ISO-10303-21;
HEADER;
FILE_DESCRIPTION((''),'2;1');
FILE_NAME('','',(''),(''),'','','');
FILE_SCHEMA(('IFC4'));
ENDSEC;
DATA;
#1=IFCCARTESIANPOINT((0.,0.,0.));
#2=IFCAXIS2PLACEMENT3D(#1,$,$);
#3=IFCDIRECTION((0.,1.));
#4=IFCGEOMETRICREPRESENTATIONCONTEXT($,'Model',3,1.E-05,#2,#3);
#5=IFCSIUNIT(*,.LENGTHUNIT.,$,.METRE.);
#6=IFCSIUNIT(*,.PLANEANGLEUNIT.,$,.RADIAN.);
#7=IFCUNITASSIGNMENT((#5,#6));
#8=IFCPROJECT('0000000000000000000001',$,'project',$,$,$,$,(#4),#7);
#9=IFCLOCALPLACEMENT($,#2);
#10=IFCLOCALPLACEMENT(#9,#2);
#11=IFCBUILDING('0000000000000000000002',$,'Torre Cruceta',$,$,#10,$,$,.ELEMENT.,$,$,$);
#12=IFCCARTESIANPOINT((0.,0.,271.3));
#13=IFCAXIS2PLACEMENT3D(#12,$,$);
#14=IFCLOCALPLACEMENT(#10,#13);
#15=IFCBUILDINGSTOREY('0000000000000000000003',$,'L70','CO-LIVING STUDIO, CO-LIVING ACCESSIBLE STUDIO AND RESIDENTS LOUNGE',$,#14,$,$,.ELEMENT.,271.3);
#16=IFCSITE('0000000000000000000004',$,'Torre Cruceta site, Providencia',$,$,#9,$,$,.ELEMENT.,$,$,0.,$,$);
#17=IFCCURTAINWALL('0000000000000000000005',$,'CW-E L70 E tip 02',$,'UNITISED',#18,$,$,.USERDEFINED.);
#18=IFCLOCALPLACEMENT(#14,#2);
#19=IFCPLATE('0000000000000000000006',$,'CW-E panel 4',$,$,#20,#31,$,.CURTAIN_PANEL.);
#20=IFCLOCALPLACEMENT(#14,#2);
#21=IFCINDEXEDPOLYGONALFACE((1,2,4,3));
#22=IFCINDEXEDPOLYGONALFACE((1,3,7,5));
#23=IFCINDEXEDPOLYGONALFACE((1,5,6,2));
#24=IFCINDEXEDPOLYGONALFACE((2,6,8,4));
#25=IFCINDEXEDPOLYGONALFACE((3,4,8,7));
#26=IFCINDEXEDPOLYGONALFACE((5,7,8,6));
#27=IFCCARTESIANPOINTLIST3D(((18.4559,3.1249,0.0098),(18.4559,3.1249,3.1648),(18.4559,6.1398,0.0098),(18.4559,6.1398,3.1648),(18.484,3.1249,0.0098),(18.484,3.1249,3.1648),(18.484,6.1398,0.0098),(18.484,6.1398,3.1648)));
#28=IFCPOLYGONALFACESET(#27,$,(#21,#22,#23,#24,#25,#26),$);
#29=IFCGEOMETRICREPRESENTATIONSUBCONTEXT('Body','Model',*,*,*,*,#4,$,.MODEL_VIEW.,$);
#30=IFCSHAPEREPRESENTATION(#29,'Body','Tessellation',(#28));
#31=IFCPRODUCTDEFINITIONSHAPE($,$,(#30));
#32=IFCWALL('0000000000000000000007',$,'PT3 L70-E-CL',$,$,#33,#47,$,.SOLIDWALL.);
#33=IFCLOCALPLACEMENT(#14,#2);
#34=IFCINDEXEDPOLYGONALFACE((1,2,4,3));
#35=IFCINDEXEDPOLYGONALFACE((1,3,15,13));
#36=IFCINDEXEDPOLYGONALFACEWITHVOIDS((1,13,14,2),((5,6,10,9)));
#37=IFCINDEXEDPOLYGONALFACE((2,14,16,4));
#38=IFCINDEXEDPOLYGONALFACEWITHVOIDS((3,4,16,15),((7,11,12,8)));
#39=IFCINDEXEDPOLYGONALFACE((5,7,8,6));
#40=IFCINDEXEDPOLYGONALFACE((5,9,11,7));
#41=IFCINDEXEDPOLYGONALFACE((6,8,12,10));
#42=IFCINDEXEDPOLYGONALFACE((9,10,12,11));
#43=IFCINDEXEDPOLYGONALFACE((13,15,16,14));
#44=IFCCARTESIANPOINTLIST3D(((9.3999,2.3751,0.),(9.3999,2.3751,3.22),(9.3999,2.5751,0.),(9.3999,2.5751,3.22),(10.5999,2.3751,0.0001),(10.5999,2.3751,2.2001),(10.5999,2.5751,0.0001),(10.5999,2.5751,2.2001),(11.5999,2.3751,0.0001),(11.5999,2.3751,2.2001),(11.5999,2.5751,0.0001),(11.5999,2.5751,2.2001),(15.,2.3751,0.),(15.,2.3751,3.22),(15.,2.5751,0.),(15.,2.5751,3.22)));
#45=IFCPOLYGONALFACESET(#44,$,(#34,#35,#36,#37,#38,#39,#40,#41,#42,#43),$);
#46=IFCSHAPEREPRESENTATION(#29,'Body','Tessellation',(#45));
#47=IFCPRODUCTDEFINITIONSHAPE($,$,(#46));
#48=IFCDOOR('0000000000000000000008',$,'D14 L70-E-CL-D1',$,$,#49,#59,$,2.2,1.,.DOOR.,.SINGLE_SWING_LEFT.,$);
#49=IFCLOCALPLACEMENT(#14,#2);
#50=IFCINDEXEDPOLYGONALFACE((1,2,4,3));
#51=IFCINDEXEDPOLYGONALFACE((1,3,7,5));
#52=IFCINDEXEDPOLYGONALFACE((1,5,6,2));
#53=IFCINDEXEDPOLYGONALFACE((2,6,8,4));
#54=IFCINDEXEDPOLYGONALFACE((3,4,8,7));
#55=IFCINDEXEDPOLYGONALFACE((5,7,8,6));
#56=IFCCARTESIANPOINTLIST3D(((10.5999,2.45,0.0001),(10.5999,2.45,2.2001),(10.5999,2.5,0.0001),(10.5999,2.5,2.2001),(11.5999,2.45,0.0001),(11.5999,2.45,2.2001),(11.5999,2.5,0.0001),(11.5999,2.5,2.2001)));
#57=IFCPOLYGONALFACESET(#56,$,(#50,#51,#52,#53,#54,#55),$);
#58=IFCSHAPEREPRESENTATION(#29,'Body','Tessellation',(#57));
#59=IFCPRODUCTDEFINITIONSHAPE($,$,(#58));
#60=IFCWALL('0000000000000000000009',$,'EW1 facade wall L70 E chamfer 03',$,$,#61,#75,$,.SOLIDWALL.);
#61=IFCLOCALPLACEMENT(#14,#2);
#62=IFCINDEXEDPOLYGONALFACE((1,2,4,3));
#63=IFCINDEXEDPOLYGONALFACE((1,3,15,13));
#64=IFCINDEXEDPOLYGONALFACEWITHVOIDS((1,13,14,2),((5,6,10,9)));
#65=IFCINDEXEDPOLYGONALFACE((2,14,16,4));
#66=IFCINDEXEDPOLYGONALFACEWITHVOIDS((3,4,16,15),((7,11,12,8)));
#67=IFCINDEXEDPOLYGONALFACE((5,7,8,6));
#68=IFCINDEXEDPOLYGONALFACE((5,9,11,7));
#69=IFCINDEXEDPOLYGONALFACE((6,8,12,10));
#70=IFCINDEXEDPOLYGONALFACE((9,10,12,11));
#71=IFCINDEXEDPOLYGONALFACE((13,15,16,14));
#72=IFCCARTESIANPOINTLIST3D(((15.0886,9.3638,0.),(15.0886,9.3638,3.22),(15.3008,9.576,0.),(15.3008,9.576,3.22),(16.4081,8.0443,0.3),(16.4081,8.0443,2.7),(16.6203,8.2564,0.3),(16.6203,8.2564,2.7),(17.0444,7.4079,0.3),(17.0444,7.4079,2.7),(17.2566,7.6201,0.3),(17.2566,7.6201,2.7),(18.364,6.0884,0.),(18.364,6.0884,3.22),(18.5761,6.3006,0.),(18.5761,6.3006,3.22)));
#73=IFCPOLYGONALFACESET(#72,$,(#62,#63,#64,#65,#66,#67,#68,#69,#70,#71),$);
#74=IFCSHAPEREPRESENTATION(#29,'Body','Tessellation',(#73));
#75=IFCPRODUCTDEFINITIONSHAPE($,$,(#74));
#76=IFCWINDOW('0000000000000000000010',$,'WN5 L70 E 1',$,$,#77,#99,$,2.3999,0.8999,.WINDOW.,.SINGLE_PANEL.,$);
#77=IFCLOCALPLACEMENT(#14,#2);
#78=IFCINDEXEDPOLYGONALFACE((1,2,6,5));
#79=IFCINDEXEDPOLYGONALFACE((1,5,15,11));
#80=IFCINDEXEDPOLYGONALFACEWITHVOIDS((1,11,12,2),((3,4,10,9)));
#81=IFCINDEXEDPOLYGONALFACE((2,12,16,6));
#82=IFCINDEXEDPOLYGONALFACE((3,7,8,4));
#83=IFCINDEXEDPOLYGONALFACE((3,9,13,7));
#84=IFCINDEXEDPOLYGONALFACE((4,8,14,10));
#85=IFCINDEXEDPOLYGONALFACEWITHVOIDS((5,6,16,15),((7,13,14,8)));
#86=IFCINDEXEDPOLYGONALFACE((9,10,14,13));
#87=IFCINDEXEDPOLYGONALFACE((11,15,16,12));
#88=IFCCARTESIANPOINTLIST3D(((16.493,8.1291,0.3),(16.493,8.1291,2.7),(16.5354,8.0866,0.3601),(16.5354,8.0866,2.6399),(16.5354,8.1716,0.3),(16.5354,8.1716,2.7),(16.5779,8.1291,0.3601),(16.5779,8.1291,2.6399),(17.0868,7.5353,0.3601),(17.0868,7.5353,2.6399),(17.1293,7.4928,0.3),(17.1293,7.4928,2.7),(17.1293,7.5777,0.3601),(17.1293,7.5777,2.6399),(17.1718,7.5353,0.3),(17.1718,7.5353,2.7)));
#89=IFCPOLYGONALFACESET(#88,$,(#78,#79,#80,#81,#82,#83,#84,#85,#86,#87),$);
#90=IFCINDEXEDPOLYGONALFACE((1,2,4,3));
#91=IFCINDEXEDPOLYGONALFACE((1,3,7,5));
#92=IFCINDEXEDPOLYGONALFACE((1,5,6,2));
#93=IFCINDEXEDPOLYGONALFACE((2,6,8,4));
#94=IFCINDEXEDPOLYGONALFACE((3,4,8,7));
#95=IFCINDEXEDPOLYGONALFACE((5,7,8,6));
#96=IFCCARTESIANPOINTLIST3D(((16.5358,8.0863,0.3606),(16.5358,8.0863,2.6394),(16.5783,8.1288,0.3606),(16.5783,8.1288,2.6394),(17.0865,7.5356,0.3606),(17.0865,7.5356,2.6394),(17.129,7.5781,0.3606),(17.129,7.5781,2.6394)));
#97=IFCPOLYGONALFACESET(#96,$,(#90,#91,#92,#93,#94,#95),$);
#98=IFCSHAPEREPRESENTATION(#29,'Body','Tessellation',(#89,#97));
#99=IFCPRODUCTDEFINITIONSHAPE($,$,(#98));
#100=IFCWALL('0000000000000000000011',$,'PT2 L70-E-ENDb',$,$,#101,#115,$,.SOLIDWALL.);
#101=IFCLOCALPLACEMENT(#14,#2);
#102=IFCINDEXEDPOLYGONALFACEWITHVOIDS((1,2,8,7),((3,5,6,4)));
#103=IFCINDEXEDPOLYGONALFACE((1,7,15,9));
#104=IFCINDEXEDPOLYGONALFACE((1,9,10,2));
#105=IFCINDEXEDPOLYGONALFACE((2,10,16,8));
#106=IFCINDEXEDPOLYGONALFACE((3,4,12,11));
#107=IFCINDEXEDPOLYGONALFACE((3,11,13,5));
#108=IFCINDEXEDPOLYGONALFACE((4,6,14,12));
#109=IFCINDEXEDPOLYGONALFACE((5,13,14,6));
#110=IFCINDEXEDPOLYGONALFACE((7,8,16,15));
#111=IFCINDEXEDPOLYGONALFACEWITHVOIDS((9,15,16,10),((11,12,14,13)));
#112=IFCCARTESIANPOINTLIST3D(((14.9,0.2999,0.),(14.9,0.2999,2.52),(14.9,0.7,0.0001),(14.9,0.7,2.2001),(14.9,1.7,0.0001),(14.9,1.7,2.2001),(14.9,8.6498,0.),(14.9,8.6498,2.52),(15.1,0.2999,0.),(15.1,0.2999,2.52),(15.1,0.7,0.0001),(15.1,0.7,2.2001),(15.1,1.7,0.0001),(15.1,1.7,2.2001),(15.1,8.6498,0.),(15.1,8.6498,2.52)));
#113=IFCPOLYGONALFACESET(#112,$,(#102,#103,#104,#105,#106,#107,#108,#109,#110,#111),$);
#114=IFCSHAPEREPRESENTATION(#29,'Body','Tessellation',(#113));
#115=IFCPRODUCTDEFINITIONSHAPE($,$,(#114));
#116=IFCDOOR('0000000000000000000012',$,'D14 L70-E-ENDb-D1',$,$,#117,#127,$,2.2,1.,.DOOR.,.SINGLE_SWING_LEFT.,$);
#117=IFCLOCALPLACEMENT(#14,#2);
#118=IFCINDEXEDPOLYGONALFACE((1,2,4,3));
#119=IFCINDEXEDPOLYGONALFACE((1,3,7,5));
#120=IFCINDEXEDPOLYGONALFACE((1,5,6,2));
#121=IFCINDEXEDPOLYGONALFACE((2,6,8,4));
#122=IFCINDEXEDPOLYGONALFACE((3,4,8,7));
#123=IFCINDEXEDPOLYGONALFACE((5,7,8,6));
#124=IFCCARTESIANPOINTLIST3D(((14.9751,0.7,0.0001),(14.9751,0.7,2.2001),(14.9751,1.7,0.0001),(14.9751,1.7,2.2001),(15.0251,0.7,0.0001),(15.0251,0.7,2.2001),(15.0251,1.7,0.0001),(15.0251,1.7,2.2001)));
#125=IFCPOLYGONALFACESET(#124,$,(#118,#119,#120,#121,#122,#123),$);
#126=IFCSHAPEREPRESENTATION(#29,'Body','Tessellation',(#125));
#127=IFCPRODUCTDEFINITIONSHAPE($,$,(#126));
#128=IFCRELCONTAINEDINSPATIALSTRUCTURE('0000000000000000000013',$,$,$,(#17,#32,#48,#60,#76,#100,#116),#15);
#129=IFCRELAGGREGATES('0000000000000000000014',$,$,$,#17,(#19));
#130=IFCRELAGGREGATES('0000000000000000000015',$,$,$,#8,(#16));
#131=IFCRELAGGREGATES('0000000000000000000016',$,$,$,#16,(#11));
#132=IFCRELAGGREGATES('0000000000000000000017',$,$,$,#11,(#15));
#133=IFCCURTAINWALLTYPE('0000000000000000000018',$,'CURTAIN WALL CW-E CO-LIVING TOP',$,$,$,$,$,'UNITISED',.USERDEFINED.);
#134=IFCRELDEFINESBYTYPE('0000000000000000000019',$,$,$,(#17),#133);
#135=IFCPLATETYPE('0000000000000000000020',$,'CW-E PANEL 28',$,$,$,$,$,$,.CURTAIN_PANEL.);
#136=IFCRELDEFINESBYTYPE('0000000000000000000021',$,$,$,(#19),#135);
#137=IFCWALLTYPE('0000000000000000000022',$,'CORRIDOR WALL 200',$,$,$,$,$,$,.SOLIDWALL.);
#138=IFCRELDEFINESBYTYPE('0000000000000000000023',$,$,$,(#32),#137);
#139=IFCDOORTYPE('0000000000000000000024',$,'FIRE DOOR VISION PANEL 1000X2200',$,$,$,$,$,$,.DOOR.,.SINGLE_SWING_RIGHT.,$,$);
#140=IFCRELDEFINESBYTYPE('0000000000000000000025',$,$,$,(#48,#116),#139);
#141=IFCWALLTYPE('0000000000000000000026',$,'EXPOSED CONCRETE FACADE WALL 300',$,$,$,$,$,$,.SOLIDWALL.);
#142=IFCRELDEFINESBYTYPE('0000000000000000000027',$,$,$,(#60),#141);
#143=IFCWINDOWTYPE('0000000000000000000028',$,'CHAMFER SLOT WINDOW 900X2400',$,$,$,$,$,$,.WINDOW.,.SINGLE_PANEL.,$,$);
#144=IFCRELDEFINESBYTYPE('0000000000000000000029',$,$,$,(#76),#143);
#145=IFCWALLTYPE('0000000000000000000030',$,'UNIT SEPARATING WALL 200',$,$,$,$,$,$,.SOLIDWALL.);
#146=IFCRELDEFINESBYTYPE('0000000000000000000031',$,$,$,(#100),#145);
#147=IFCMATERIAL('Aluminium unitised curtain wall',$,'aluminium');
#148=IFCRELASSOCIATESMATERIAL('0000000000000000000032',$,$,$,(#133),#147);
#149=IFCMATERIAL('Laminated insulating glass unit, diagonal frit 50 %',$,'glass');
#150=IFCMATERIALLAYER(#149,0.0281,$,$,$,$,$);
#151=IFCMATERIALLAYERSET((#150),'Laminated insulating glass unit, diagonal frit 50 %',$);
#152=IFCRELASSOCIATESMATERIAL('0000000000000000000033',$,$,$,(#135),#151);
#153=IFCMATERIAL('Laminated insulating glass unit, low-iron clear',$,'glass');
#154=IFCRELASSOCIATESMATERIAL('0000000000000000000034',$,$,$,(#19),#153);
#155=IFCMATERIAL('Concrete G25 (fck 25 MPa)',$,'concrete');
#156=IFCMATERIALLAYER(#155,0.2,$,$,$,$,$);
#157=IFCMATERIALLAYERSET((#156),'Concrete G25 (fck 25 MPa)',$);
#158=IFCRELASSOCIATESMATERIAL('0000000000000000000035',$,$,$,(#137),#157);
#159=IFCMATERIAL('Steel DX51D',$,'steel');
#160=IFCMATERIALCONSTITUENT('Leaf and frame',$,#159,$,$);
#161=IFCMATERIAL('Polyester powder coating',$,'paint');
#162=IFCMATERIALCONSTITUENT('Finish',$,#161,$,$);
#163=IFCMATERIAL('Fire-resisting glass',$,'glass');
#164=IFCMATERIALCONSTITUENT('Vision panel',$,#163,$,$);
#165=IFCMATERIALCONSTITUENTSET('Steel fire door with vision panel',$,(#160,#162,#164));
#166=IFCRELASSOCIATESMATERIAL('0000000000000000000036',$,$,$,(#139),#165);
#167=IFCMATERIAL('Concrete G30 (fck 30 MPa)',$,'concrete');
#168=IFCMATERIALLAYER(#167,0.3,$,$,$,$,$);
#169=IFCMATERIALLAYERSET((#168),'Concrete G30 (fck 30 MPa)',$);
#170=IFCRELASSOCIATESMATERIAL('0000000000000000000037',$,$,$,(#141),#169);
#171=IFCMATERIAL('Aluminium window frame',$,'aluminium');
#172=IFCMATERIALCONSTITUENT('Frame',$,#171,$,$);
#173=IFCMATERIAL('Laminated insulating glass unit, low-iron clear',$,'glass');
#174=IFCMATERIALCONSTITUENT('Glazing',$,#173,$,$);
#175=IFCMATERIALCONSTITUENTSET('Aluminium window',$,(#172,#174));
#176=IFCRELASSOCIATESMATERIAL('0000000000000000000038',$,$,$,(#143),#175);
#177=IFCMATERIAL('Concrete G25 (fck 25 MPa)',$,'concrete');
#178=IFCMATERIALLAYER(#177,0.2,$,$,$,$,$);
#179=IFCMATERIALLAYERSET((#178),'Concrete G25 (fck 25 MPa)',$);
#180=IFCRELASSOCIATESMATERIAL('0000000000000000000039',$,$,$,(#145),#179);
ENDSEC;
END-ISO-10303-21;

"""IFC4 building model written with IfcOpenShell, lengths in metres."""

from ifc_helpers import new_model, si_unit, direction, frame, frame_2d, origin, origin_2d, place, context, subcontext, project, spatial, rectangle, hollow_rectangle, extrude, material, layer, layer_set, constituent, constituent_set, type_object, element, fill, aggregate, save


model = new_model("IFC4")

# Units and contexts
model_context = context("Model", 3, precision=1e-05, world=origin(), true_north=direction((0.0, 1.0)))
body_context = subcontext(model_context, "Body", "Model", "MODEL_VIEW")
ifc_project = project(units=[si_unit("LENGTHUNIT", "METRE"), si_unit("PLANEANGLEUNIT", "RADIAN")], contexts=[model_context])

# Site, building, storey
site_placement = place(None, origin())
site = spatial("IfcSite", under=ifc_project, at=site_placement, Name="Torre Cruceta site, Providencia", CompositionType="ELEMENT", RefElevation=0.0)
building_placement = place(site_placement, origin())
building = spatial("IfcBuilding", under=site, at=building_placement, Name="Torre Cruceta", CompositionType="ELEMENT")
storey_placement = place(building_placement, frame((0.0, 0.0, 271.3)))
storey = spatial("IfcBuildingStorey", under=building, at=storey_placement, Name="L70", Description="CO-LIVING STUDIO, CO-LIVING ACCESSIBLE STUDIO AND RESIDENTS LOUNGE", CompositionType="ELEMENT", Elevation=271.3)

# Curtain wall
ifc_material_1 = material(Name="Aluminium unitised curtain wall", Category="aluminium")
curtain_wall_type = type_object("IfcCurtainWallType", Name="CURTAIN WALL CW-E CO-LIVING TOP", ElementType="UNITISED", PredefinedType="USERDEFINED", material=ifc_material_1)
curtain_wall_placement = place(storey_placement, origin())
curtain_wall = element("IfcCurtainWall", 1, at=curtain_wall_placement, inside=storey, type_object=curtain_wall_type, Name="CW-E L70 E tip 02", ObjectType="UNITISED", PredefinedType="USERDEFINED")

# Plate
ifc_material_2 = material(Name="Laminated insulating glass unit, low-iron clear", Category="glass")
ifc_material_3 = material(Name="Laminated insulating glass unit, diagonal frit 50 %", Category="glass")
ifc_layer_1 = layer(ifc_material_3, 0.0281)
ifc_layer_set_1 = layer_set([ifc_layer_1], Name="Laminated insulating glass unit, diagonal frit 50 %")
plate_type = type_object("IfcPlateType", Name="CW-E PANEL 28", PredefinedType="CURTAIN_PANEL", material=ifc_layer_set_1)
plate_1_placement = place(storey_placement, frame((18.47, 4.6323, 0.0098), z_axis=(0.0, 0.0, 1.0), x_axis=(0.0, 1.0, 0.0)))
plate_1 = element("IfcPlate", 2, at=plate_1_placement, type_object=plate_type, material=ifc_material_2, Name="CW-E panel 4", PredefinedType="CURTAIN_PANEL", context=body_context, shape_type="SweptSolid", body=[
    extrude(rectangle(XDim=3.0149, YDim=0.0281, at=origin_2d()), origin(), (0.0, 0.0, 1.0), 3.155),
])
aggregate(curtain_wall, [plate_1])

# Wall, opening, door
ifc_material_4 = material(Name="Concrete G25 (fck 25 MPa)", Category="concrete")
ifc_layer_2 = layer(ifc_material_4, 0.2)
ifc_layer_set_2 = layer_set([ifc_layer_2], Name="Concrete G25 (fck 25 MPa)")
wall_type_1 = type_object("IfcWallType", Name="CORRIDOR WALL 200", PredefinedType="SOLIDWALL", material=ifc_layer_set_2)
wall_1_placement = place(storey_placement, frame((9.3999, 2.4751, 0.0), z_axis=(0.0, 0.0, 1.0), x_axis=(1.0, 0.0, 0.0)))
wall_1 = element("IfcWall", 3, at=wall_1_placement, inside=storey, type_object=wall_type_1, Name="PT3 L70-E-CL", PredefinedType="SOLIDWALL", context=body_context, shape_type="SweptSolid", body=[
    extrude(rectangle(XDim=5.6001, YDim=0.2, at=frame_2d((2.8, 0.0))), origin(), (0.0, 0.0, 1.0), 3.22),
])
opening_1_placement = place(wall_1_placement, frame((1.2, 0.0, 0.0)))
opening_1 = element("IfcOpeningElement", 4, at=opening_1_placement, cuts=wall_1, PredefinedType="OPENING", context=body_context, shape_type="SweptSolid", body=[
    extrude(rectangle(XDim=1.0, YDim=2.2, at=frame_2d((0.5, 1.1001))), frame((0.0, 0.1099, 0.0), z_axis=(0.0, -1.0, 0.0), x_axis=(1.0, 0.0, 0.0)), (0.0, 0.0, 1.0), 0.22),
])
ifc_material_5 = material(Name="Steel DX51D", Category="steel")
ifc_constituent_1 = constituent(ifc_material_5, Name="Leaf and frame")
ifc_material_6 = material(Name="Polyester powder coating", Category="paint")
ifc_constituent_2 = constituent(ifc_material_6, Name="Finish")
ifc_material_7 = material(Name="Fire-resisting glass", Category="glass")
ifc_constituent_3 = constituent(ifc_material_7, Name="Vision panel")
ifc_constituent_set_1 = constituent_set(constituents=[ifc_constituent_1, ifc_constituent_2, ifc_constituent_3], Name="Steel fire door with vision panel")
door_type = type_object("IfcDoorType", Name="FIRE DOOR VISION PANEL 1000X2200", OperationType="SINGLE_SWING_RIGHT", PredefinedType="DOOR", material=ifc_constituent_set_1)
door_1_placement = place(opening_1_placement, origin())
door_1 = element("IfcDoor", 5, at=door_1_placement, inside=storey, type_object=door_type, Name="D14 L70-E-CL-D1", OperationType="SINGLE_SWING_LEFT", OverallHeight=2.2, OverallWidth=1.0, PredefinedType="DOOR", context=body_context, shape_type="SweptSolid", body=[
    extrude(rectangle(XDim=1.0, YDim=2.2, at=frame_2d((0.5, 1.1001))), frame((0.0, 0.0249, 0.0), z_axis=(0.0, -1.0, 0.0), x_axis=(1.0, 0.0, 0.0)), (0.0, 0.0, 1.0), 0.05),
])
fill(opening_1, door_1)

# Wall, opening, window
ifc_material_8 = material(Name="Concrete G30 (fck 30 MPa)", Category="concrete")
ifc_layer_3 = layer(ifc_material_8, 0.3)
ifc_layer_set_3 = layer_set([ifc_layer_3], Name="Concrete G30 (fck 30 MPa)")
wall_type_2 = type_object("IfcWallType", Name="EXPOSED CONCRETE FACADE WALL 300", PredefinedType="SOLIDWALL", material=ifc_layer_set_3)
wall_2_placement = place(storey_placement, frame((18.47, 6.1946, 0.0), z_axis=(0.0, 0.0, 1.0), x_axis=(-0.707107, 0.707107, 0.0)))
wall_2 = element("IfcWall", 6, at=wall_2_placement, inside=storey, type_object=wall_type_2, Name="EW1 facade wall L70 E chamfer 03", PredefinedType="SOLIDWALL", context=body_context, shape_type="SweptSolid", body=[
    extrude(rectangle(XDim=4.6321, YDim=0.3, at=frame_2d((2.3159, 0.0))), origin(), (0.0, 0.0, 1.0), 3.22),
])
opening_2_placement = place(wall_2_placement, frame((1.866, 0.0, 0.3)))
opening_2 = element("IfcOpeningElement", 7, at=opening_2_placement, cuts=wall_2, PredefinedType="OPENING", context=body_context, shape_type="SweptSolid", body=[
    extrude(rectangle(XDim=0.8999, YDim=2.3999, at=frame_2d((0.45, 1.2))), frame((0.0, 0.1599, 0.0), z_axis=(0.0, -1.0, 0.0), x_axis=(1.0, 0.0, 0.0)), (0.0, 0.0, 1.0), 0.3201),
])
ifc_material_9 = material(Name="Aluminium window frame", Category="aluminium")
ifc_constituent_4 = constituent(ifc_material_9, Name="Frame")
ifc_material_10 = material(Name="Laminated insulating glass unit, low-iron clear", Category="glass")
ifc_constituent_5 = constituent(ifc_material_10, Name="Glazing")
ifc_constituent_set_2 = constituent_set(constituents=[ifc_constituent_4, ifc_constituent_5], Name="Aluminium window")
window_type = type_object("IfcWindowType", Name="CHAMFER SLOT WINDOW 900X2400", PartitioningType="SINGLE_PANEL", PredefinedType="WINDOW", material=ifc_constituent_set_2)
window_placement = place(opening_2_placement, origin())
window = element("IfcWindow", 8, at=window_placement, inside=storey, type_object=window_type, Name="WN5 L70 E 1", OverallHeight=2.3999, OverallWidth=0.8999, PartitioningType="SINGLE_PANEL", PredefinedType="WINDOW", context=body_context, shape_type="SweptSolid", body=[
    extrude(hollow_rectangle(XDim=0.8999, YDim=2.3999, WallThickness=0.0601, at=frame_2d((0.45, 1.2))), frame((0.0, 0.03, 0.0), z_axis=(0.0, -1.0, 0.0), x_axis=(1.0, 0.0, 0.0)), (0.0, 0.0, 1.0), 0.0601),
    extrude(rectangle(XDim=0.7788, YDim=2.2788, at=frame_2d((0.45, 1.2))), frame((0.0, 0.03, 0.0), z_axis=(0.0, -1.0, 0.0), x_axis=(1.0, 0.0, 0.0)), (0.0, 0.0, 1.0), 0.0601),
])
fill(opening_2, window)

# Wall, opening, door
ifc_material_11 = material(Name="Concrete G25 (fck 25 MPa)", Category="concrete")
ifc_layer_4 = layer(ifc_material_11, 0.2)
ifc_layer_set_4 = layer_set([ifc_layer_4], Name="Concrete G25 (fck 25 MPa)")
wall_type_3 = type_object("IfcWallType", Name="UNIT SEPARATING WALL 200", PredefinedType="SOLIDWALL", material=ifc_layer_set_4)
wall_3_placement = place(storey_placement, frame((15.0, 0.3, 0.0), z_axis=(0.0, 0.0, 1.0), x_axis=(0.0, 1.0, 0.0)))
wall_3 = element("IfcWall", 9, at=wall_3_placement, inside=storey, type_object=wall_type_3, Name="PT2 L70-E-ENDb", PredefinedType="SOLIDWALL", context=body_context, shape_type="SweptSolid", body=[
    extrude(rectangle(XDim=8.3499, YDim=0.2, at=frame_2d((4.1748, 0.0))), origin(), (0.0, 0.0, 1.0), 2.52),
])
opening_3_placement = place(wall_3_placement, frame((0.3999, 0.0, 0.0)))
opening_3 = element("IfcOpeningElement", 10, at=opening_3_placement, cuts=wall_3, PredefinedType="OPENING", context=body_context, shape_type="SweptSolid", body=[
    extrude(rectangle(XDim=1.0, YDim=2.2, at=frame_2d((0.5, 1.1001))), frame((0.0, 0.1099, 0.0), z_axis=(0.0, -1.0, 0.0), x_axis=(1.0, 0.0, 0.0)), (0.0, 0.0, 1.0), 0.22),
])
door_2_placement = place(opening_3_placement, frame((1.0, 0.0, 0.0), z_axis=(0.0, 0.0, 1.0), x_axis=(-1.0, 0.0, 0.0)))
door_2 = element("IfcDoor", 11, at=door_2_placement, inside=storey, type_object=door_type, Name="D14 L70-E-ENDb-D1", OperationType="SINGLE_SWING_LEFT", OverallHeight=2.2, OverallWidth=1.0, PredefinedType="DOOR", context=body_context, shape_type="SweptSolid", body=[
    extrude(rectangle(XDim=1.0, YDim=2.2, at=frame_2d((0.5, 1.1001))), frame((0.0, 0.0251, 0.0), z_axis=(0.0, -1.0, 0.0), x_axis=(1.0, 0.0, 0.0)), (0.0, 0.0, 1.0), 0.05),
])
fill(opening_3, door_2)

save(model, "model.ifc")
